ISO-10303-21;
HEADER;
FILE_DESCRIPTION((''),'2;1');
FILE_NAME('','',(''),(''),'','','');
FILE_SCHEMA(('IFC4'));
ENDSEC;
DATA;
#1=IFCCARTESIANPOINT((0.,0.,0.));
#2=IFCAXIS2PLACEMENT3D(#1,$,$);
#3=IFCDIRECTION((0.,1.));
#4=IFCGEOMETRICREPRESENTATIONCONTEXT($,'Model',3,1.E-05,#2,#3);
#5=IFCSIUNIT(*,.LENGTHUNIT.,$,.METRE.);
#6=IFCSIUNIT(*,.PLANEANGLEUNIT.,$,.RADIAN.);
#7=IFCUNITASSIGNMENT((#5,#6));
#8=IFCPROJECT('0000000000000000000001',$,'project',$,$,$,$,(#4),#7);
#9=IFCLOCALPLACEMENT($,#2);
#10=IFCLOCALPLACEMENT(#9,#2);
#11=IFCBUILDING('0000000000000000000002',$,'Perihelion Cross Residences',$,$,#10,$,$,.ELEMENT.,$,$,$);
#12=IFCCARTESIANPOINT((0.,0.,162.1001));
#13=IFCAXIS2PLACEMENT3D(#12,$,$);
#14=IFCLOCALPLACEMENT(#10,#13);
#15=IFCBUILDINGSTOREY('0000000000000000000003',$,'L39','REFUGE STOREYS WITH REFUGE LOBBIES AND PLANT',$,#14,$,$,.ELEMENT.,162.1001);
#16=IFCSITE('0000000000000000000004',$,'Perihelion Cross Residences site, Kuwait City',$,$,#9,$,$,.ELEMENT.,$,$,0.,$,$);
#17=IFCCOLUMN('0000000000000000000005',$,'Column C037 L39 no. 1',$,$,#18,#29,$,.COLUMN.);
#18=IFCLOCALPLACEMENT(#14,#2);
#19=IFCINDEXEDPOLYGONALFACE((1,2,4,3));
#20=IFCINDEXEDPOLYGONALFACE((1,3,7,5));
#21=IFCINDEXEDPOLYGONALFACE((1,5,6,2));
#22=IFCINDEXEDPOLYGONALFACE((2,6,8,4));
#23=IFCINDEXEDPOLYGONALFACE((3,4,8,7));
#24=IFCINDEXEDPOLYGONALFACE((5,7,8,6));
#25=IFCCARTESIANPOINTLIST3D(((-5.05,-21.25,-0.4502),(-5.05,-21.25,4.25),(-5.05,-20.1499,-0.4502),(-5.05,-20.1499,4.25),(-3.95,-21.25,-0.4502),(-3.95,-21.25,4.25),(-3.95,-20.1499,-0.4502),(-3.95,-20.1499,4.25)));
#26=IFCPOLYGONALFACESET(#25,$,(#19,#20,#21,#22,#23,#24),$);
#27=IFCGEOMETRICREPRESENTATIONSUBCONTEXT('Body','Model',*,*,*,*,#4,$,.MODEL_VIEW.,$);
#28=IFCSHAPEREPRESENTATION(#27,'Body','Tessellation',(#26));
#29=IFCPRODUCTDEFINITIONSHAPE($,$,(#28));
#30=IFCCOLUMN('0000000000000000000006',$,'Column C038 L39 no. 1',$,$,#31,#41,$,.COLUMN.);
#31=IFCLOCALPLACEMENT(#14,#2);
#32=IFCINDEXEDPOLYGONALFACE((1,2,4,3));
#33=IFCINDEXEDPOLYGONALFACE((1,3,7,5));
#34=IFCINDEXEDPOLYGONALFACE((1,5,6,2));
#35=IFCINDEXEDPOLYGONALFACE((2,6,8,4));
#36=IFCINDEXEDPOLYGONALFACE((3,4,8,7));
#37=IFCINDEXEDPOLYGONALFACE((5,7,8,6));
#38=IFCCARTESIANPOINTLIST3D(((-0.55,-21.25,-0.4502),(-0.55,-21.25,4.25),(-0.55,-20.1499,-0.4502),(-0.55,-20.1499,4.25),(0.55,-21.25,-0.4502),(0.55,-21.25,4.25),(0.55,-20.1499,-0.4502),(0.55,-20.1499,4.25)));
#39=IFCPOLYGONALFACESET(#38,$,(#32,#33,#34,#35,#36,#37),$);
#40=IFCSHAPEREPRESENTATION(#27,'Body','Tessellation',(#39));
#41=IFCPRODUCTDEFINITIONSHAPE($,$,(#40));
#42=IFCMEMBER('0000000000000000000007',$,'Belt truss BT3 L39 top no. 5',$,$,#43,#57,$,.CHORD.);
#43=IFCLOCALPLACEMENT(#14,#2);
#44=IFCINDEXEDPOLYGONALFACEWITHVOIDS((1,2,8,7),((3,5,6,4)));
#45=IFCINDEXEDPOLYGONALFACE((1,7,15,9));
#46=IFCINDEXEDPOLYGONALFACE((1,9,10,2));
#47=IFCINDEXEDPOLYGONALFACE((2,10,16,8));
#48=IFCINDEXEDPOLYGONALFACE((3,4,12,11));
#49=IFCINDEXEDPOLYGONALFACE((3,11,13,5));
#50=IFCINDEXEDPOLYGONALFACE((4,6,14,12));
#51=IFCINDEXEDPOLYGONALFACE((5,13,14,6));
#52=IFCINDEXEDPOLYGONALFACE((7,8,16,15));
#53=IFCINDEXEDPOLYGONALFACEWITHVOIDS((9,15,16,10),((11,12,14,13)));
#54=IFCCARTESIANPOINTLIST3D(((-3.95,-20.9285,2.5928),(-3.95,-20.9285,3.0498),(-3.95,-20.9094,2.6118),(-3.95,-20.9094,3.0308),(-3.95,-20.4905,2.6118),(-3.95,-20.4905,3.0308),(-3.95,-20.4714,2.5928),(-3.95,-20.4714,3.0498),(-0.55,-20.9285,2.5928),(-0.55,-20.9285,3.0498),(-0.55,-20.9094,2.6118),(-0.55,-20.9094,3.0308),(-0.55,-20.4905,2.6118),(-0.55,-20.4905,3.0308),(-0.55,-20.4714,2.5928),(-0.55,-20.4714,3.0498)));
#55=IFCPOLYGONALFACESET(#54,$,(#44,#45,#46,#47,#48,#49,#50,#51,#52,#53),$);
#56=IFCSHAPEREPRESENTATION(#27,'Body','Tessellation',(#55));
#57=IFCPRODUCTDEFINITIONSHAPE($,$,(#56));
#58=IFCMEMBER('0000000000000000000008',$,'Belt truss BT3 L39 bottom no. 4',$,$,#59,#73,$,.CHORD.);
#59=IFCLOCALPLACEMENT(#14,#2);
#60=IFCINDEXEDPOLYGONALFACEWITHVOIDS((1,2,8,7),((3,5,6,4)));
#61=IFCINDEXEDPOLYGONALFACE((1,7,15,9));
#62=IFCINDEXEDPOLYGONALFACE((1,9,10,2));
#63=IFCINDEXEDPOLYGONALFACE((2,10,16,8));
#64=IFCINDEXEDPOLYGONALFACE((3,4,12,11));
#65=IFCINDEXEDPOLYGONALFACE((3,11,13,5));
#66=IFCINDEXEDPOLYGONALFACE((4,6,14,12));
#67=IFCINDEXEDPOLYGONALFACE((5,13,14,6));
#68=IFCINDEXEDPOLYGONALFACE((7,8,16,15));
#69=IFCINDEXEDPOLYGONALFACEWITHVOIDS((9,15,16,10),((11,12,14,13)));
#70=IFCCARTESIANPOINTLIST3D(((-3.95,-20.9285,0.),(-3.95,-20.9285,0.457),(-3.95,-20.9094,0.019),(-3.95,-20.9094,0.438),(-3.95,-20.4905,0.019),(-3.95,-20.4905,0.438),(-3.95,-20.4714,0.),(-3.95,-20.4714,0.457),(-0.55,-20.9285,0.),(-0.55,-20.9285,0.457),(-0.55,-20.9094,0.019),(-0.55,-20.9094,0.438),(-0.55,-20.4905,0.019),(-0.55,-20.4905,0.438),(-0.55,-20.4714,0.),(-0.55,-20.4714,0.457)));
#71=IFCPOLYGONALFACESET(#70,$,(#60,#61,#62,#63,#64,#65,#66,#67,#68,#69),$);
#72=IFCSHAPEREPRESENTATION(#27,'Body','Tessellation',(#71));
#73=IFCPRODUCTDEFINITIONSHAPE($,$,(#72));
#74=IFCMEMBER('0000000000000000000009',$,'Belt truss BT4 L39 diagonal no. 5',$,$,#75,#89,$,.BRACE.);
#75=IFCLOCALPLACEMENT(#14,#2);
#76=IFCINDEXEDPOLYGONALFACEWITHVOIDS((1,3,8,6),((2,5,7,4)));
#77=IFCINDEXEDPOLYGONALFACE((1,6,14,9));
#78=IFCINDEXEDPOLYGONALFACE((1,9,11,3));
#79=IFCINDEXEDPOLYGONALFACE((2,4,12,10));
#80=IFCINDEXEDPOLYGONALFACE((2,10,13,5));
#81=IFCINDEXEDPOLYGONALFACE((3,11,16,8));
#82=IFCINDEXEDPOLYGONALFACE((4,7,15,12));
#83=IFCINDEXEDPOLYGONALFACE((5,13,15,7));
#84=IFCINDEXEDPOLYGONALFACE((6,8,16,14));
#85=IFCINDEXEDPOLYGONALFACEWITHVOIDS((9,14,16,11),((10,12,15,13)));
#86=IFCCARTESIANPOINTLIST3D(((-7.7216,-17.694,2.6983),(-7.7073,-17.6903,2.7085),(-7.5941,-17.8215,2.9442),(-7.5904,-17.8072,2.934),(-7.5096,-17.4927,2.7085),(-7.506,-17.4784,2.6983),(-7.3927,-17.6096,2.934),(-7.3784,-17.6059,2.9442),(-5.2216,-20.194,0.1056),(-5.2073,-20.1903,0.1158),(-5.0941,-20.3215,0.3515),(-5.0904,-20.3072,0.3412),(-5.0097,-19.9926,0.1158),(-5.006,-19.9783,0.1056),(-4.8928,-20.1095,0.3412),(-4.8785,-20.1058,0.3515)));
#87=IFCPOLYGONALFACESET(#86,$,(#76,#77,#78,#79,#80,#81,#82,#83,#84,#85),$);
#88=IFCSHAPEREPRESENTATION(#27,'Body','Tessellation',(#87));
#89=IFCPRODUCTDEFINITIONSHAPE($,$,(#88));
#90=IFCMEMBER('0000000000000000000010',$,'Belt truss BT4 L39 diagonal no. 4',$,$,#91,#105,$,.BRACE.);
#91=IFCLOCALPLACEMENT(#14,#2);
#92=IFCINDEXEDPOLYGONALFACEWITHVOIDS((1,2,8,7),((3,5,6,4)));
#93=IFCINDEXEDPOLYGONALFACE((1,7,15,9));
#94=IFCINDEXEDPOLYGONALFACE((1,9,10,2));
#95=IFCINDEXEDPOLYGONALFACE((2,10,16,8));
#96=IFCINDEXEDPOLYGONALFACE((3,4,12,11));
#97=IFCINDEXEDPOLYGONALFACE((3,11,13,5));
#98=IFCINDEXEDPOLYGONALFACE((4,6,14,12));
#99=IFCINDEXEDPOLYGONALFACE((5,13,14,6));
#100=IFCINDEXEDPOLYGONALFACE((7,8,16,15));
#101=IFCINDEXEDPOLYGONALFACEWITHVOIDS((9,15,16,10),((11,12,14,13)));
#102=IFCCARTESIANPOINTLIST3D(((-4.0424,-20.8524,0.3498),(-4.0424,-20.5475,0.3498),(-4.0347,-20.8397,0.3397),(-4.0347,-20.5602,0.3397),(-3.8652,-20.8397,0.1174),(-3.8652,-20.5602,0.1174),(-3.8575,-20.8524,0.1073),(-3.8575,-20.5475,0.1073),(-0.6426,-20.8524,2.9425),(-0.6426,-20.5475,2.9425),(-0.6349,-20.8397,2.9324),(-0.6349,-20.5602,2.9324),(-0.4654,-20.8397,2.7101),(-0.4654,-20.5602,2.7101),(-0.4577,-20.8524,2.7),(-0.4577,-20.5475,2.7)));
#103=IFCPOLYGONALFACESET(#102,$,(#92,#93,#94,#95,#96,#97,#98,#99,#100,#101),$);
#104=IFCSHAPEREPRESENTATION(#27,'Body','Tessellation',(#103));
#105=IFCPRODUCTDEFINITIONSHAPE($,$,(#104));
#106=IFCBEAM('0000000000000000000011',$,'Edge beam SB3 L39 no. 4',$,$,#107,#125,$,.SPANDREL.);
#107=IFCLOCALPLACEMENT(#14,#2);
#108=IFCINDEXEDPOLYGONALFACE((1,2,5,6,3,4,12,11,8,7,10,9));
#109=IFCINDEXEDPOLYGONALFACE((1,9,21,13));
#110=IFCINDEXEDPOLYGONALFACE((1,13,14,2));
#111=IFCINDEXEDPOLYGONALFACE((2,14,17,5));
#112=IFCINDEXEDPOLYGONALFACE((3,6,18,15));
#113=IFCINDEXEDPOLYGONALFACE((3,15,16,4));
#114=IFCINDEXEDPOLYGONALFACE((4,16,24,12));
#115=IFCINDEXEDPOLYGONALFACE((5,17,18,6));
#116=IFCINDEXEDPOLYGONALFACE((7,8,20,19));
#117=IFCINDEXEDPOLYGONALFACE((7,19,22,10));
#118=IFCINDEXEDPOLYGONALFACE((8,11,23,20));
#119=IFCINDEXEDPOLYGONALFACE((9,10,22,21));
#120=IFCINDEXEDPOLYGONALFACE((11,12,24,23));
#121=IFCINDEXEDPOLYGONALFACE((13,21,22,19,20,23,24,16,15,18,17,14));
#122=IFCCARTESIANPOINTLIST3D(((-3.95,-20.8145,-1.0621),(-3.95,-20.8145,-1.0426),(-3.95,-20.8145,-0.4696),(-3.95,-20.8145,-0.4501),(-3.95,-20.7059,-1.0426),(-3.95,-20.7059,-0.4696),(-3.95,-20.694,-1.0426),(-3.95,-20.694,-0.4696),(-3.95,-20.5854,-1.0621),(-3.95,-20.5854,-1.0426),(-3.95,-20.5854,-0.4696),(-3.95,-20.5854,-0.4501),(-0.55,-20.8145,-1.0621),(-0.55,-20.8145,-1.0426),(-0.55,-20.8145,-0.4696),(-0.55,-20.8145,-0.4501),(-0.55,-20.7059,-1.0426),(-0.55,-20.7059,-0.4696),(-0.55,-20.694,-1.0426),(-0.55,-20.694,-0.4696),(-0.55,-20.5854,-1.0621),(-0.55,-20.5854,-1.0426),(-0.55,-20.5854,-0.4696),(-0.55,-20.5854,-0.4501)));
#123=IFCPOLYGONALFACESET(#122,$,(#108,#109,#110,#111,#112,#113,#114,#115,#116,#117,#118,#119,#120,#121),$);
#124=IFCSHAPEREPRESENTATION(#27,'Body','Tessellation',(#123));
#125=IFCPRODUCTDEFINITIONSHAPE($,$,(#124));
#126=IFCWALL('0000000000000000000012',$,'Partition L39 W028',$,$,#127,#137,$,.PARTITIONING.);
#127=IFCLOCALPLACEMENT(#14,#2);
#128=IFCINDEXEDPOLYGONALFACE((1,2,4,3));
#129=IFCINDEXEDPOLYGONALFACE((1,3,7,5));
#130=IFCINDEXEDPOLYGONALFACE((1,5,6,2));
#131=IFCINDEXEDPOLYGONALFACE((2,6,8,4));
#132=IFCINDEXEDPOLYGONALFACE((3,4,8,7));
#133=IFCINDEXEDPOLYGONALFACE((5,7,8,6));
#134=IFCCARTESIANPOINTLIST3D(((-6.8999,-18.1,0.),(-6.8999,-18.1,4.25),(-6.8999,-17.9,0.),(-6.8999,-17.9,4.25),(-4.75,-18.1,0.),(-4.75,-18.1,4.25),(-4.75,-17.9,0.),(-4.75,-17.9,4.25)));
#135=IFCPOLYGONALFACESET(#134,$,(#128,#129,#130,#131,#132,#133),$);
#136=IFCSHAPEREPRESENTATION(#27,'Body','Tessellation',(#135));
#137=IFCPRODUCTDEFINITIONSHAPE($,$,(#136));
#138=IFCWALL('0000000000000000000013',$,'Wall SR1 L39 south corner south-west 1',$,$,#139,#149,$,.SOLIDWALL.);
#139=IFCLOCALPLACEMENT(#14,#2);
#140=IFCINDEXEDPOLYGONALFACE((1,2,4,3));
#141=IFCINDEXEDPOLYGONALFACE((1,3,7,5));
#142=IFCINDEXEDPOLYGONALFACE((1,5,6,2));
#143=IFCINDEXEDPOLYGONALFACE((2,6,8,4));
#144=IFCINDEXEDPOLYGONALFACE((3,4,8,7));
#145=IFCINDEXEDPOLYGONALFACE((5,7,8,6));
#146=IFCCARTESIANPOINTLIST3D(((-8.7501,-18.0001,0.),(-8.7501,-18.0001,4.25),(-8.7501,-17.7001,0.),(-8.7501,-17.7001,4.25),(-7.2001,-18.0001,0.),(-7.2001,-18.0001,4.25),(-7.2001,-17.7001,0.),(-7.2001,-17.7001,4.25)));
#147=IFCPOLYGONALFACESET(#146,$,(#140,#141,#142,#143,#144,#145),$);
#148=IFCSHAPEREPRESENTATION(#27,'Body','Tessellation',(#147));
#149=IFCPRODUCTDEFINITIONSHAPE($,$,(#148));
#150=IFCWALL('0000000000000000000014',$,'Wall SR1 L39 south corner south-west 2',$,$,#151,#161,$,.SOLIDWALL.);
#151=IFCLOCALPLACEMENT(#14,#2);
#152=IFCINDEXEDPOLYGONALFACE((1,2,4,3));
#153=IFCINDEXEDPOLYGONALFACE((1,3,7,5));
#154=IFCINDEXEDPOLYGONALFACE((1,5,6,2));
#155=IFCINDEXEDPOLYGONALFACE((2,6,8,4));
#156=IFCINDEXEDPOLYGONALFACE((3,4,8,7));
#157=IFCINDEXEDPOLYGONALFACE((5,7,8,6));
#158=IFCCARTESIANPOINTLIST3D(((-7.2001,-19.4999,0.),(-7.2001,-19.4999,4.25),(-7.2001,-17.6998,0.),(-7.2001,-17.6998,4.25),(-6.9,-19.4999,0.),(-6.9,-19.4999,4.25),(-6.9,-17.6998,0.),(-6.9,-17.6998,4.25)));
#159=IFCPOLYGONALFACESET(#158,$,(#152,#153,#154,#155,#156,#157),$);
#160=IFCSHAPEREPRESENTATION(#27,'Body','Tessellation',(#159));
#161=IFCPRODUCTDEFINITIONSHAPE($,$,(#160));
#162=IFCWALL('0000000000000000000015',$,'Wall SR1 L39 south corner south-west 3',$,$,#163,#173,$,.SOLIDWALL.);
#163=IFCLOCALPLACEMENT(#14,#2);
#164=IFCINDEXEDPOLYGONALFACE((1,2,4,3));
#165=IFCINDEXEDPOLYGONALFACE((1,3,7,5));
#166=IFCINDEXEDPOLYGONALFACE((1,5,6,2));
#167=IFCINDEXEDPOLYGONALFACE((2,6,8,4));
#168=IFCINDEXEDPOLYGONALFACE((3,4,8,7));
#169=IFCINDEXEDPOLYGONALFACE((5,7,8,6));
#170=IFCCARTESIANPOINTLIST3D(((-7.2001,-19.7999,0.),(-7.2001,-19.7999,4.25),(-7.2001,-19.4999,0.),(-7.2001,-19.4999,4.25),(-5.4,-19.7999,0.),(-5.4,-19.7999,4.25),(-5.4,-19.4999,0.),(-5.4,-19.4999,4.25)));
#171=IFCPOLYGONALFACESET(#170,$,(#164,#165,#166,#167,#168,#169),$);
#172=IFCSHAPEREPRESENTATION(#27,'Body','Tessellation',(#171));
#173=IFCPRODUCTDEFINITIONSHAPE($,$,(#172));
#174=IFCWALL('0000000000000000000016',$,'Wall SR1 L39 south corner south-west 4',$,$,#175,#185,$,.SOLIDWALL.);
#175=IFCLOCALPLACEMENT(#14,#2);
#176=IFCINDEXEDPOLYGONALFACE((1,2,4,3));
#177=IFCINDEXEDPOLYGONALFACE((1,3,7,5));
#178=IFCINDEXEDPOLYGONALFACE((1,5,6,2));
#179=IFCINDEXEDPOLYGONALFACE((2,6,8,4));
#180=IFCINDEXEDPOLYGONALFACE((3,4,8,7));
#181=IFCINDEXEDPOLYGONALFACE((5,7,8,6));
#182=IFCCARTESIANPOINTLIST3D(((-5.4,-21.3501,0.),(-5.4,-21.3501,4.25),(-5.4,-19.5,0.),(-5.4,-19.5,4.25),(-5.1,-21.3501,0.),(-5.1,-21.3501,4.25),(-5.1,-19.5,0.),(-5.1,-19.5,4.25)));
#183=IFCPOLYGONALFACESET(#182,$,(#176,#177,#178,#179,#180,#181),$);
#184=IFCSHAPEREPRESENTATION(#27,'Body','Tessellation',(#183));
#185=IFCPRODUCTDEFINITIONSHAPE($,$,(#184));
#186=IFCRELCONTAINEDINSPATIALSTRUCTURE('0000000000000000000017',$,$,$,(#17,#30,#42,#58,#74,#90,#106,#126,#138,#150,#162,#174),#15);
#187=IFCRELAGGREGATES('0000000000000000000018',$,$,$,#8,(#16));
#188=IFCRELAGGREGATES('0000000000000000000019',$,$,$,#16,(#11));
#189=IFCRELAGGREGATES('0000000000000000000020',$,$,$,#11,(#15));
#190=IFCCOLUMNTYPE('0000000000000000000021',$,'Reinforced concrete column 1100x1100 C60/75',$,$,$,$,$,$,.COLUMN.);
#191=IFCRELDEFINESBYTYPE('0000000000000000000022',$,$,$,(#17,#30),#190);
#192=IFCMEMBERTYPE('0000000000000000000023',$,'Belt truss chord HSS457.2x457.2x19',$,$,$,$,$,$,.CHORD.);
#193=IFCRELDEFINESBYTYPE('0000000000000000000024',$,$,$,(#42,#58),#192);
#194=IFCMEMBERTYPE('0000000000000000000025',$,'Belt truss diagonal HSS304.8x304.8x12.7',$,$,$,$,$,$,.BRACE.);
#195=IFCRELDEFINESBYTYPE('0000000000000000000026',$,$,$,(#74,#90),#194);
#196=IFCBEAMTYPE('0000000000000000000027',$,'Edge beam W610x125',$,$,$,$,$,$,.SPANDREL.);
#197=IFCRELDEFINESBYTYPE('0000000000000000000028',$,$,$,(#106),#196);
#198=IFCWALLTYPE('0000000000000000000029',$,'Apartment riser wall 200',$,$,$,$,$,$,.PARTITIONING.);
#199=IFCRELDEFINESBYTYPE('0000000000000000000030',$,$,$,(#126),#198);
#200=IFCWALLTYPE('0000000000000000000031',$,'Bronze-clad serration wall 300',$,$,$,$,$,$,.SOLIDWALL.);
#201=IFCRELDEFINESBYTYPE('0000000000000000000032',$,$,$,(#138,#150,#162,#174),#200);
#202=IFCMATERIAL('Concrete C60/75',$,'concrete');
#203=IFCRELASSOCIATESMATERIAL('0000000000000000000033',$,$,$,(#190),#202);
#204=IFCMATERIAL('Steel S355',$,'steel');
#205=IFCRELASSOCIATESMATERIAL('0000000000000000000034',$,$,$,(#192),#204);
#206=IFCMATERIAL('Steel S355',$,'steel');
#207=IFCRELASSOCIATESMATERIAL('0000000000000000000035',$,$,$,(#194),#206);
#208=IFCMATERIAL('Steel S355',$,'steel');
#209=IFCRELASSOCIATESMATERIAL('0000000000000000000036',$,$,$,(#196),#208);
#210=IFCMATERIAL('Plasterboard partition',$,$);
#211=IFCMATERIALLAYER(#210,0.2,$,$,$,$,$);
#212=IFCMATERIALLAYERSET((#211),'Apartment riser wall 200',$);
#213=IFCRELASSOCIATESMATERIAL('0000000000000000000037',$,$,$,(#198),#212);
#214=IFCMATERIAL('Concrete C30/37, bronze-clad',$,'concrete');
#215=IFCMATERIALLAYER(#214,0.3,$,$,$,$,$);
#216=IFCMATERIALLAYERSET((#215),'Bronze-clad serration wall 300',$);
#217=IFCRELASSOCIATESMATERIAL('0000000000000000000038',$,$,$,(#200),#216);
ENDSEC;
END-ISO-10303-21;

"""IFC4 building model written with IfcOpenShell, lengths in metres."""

from ifc_helpers import new_model, si_unit, direction, frame, frame_2d, origin, origin_2d, place, context, subcontext, project, spatial, rectangle, hollow_rectangle, i_section, extrude, material, layer, layer_set, material_profile, profile_set, type_object, element, save


model = new_model("IFC4")

# Units and contexts
model_context = context("Model", 3, precision=1e-05, world=origin(), true_north=direction((0.0, 1.0)))
body_context = subcontext(model_context, "Body", "Model", "MODEL_VIEW")
ifc_project = project(units=[si_unit("LENGTHUNIT", "METRE"), si_unit("PLANEANGLEUNIT", "RADIAN")], contexts=[model_context])

# Site, building, storey
site_placement = place(None, origin())
site = spatial("IfcSite", under=ifc_project, at=site_placement, Name="Perihelion Cross Residences site, Kuwait City", CompositionType="ELEMENT", RefElevation=0.0)
building_placement = place(site_placement, origin())
building = spatial("IfcBuilding", under=site, at=building_placement, Name="Perihelion Cross Residences", CompositionType="ELEMENT")
storey_placement = place(building_placement, frame((0.0, 0.0, 162.1001)))
storey = spatial("IfcBuildingStorey", under=building, at=storey_placement, Name="L39", Description="REFUGE STOREYS WITH REFUGE LOBBIES AND PLANT", CompositionType="ELEMENT", Elevation=162.1001)

# Columns
ifc_material_1 = material(Name="Concrete C60/75", Category="concrete")
ifc_material_profile_1 = material_profile(ifc_material_1, rectangle(XDim=1.1001, YDim=1.1001, at=origin_2d()), Name="RC 1100x1100")
ifc_profile_set_1 = profile_set([ifc_material_profile_1], Name="Concrete C60/75")
column_type = type_object("IfcColumnType", Name="Reinforced concrete column 1100x1100 C60/75", PredefinedType="COLUMN", material=ifc_profile_set_1)
for number, where, z_axis, x_axis, name in (
    (1, (-4.5, -20.7, -0.4502), (0.0, 0.0, 1.0), (1.0, 0.0, 0.0), "Column C037 L39 no. 1"),
    (2, (0.0, -20.7, -0.4502), (0.0, 0.0, 1.0), (1.0, 0.0, 0.0), "Column C038 L39 no. 1"),
):
    element("IfcColumn", number, at=place(storey_placement, frame(where, z_axis=z_axis, x_axis=x_axis)), inside=storey, type_object=column_type, Name=name, PredefinedType="COLUMN", context=body_context, shape_type="SweptSolid", body=[
        extrude(rectangle(XDim=1.1001, YDim=1.1001, at=origin_2d()), origin(), (0.0, 0.0, 1.0), 4.7002),
    ])

# Members
ifc_material_2 = material(Name="Steel S355", Category="steel")
ifc_material_profile_2 = material_profile(ifc_material_2, hollow_rectangle(XDim=0.457, YDim=0.457, WallThickness=0.019, at=origin_2d()), Name="HSS457.2x457.2x19")
ifc_profile_set_2 = profile_set([ifc_material_profile_2], Name="Steel S355")
member_type_1 = type_object("IfcMemberType", Name="Belt truss chord HSS457.2x457.2x19", PredefinedType="CHORD", material=ifc_profile_set_2)
for number, where, z_axis, x_axis, name in (
    (3, (-3.95, -20.7, 2.8213), (1.0, 0.0, 0.0), (0.0, 1.0, 0.0), "Belt truss BT3 L39 top no. 5"),
    (4, (-3.95, -20.7, 0.2285), (1.0, 0.0, 0.0), (0.0, 1.0, 0.0), "Belt truss BT3 L39 bottom no. 4"),
):
    element("IfcMember", number, at=place(storey_placement, frame(where, z_axis=z_axis, x_axis=x_axis)), inside=storey, type_object=member_type_1, Name=name, PredefinedType="CHORD", context=body_context, shape_type="SweptSolid", body=[
        extrude(hollow_rectangle(XDim=0.457, YDim=0.457, WallThickness=0.019, at=origin_2d()), origin(), (0.0, 0.0, 1.0), 3.3999),
    ])
ifc_material_3 = material(Name="Steel S355", Category="steel")
ifc_material_profile_3 = material_profile(ifc_material_3, hollow_rectangle(XDim=0.3049, YDim=0.3049, WallThickness=0.0127, at=origin_2d()), Name="HSS304.8x304.8x12.7")
ifc_profile_set_3 = profile_set([ifc_material_profile_3], Name="Steel S355")
member_type_2 = type_object("IfcMemberType", Name="Belt truss diagonal HSS304.8x304.8x12.7", PredefinedType="BRACE", material=ifc_profile_set_3)
member_1_placement = place(storey_placement, frame((-5.05, -20.1499, 0.2285), z_axis=(-0.570211, 0.570211, 0.591371), x_axis=(-0.707107, -0.707107, 0.0)))
element("IfcMember", 5, at=member_1_placement, inside=storey, type_object=member_type_2, Name="Belt truss BT4 L39 diagonal no. 5", PredefinedType="BRACE", context=body_context, shape_type="SweptSolid", body=[
    extrude(hollow_rectangle(XDim=0.3049, YDim=0.3049, WallThickness=0.0127, at=origin_2d()), origin(), (0.0, 0.0, 1.0), 4.3843),
])
member_2_placement = place(storey_placement, frame((-3.95, -20.7, 0.2285), z_axis=(0.795164, 0.0, 0.606394), x_axis=(0.0, 1.0, 0.0)))
element("IfcMember", 6, at=member_2_placement, inside=storey, type_object=member_type_2, Name="Belt truss BT4 L39 diagonal no. 4", PredefinedType="BRACE", context=body_context, shape_type="SweptSolid", body=[
    extrude(hollow_rectangle(XDim=0.3049, YDim=0.3049, WallThickness=0.0127, at=origin_2d()), origin(), (0.0, 0.0, 1.0), 4.2756),
])

# Beam
ifc_material_4 = material(Name="Steel S355", Category="steel")
ifc_material_profile_4 = material_profile(ifc_material_4, i_section(OverallWidth=0.229, OverallDepth=0.6121, WebThickness=0.012, FlangeThickness=0.0195, at=origin_2d()), Name="W610x125")
ifc_profile_set_4 = profile_set([ifc_material_profile_4], Name="Steel S355")
beam_type = type_object("IfcBeamType", Name="Edge beam W610x125", PredefinedType="SPANDREL", material=ifc_profile_set_4)
beam_placement = place(storey_placement, frame((-3.95, -20.7, -0.7561), z_axis=(1.0, 0.0, 0.0), x_axis=(0.0, 1.0, 0.0)))
element("IfcBeam", 7, at=beam_placement, inside=storey, type_object=beam_type, Name="Edge beam SB3 L39 no. 4", PredefinedType="SPANDREL", context=body_context, shape_type="SweptSolid", body=[
    extrude(i_section(OverallWidth=0.229, OverallDepth=0.6121, WebThickness=0.012, FlangeThickness=0.0195, at=origin_2d()), origin(), (0.0, 0.0, 1.0), 3.3999),
])

# Walls
ifc_material_5 = material(Name="Plasterboard partition")
ifc_layer_1 = layer(ifc_material_5, 0.2)
ifc_layer_set_1 = layer_set([ifc_layer_1], Name="Apartment riser wall 200")
wall_type_1 = type_object("IfcWallType", Name="Apartment riser wall 200", PredefinedType="PARTITIONING", material=ifc_layer_set_1)
wall_1_placement = place(storey_placement, frame((-4.75, -18.0, 0.0), z_axis=(0.0, 0.0, 1.0), x_axis=(-1.0, 0.0, 0.0)))
element("IfcWall", 8, at=wall_1_placement, inside=storey, type_object=wall_type_1, Name="Partition L39 W028", PredefinedType="PARTITIONING", context=body_context, shape_type="SweptSolid", body=[
    extrude(rectangle(XDim=2.1499, YDim=0.2, at=frame_2d((1.075, 0.0))), origin(), (0.0, 0.0, 1.0), 4.25),
])
ifc_material_6 = material(Name="Concrete C30/37, bronze-clad", Category="concrete")
ifc_layer_2 = layer(ifc_material_6, 0.3)
ifc_layer_set_2 = layer_set([ifc_layer_2], Name="Bronze-clad serration wall 300")
wall_type_2 = type_object("IfcWallType", Name="Bronze-clad serration wall 300", PredefinedType="SOLIDWALL", material=ifc_layer_set_2)
wall_2_placement = place(storey_placement, frame((-8.75, -17.8501, 0.0), z_axis=(0.0, 0.0, 1.0), x_axis=(1.0, 0.0, 0.0)))
element("IfcWall", 9, at=wall_2_placement, inside=storey, type_object=wall_type_2, Name="Wall SR1 L39 south corner south-west 1", PredefinedType="SOLIDWALL", context=body_context, shape_type="SweptSolid", body=[
    extrude(rectangle(XDim=1.55, YDim=0.3, at=frame_2d((0.7749, 0.0))), origin(), (0.0, 0.0, 1.0), 4.25),
])
for number, where, z_axis, x_axis, name in (
    (10, (-7.05, -17.7, 0.0), (0.0, 0.0, 1.0), (0.0, -1.0, 0.0), "Wall SR1 L39 south corner south-west 2"),
    (11, (-7.2, -19.6499, 0.0), (0.0, 0.0, 1.0), (1.0, 0.0, 0.0), "Wall SR1 L39 south corner south-west 3"),
):
    element("IfcWall", number, at=place(storey_placement, frame(where, z_axis=z_axis, x_axis=x_axis)), inside=storey, type_object=wall_type_2, Name=name, PredefinedType="SOLIDWALL", context=body_context, shape_type="SweptSolid", body=[
        extrude(rectangle(XDim=1.8, YDim=0.3, at=frame_2d((0.8999, 0.0))), origin(), (0.0, 0.0, 1.0), 4.25),
    ])
wall_3_placement = place(storey_placement, frame((-5.25, -19.5, 0.0), z_axis=(0.0, 0.0, 1.0), x_axis=(0.0, -1.0, 0.0)))
element("IfcWall", 12, at=wall_3_placement, inside=storey, type_object=wall_type_2, Name="Wall SR1 L39 south corner south-west 4", PredefinedType="SOLIDWALL", context=body_context, shape_type="SweptSolid", body=[
    extrude(rectangle(XDim=1.8501, YDim=0.3, at=frame_2d((0.925, 0.0))), origin(), (0.0, 0.0, 1.0), 4.25),
])

save(model, "model.ifc")
